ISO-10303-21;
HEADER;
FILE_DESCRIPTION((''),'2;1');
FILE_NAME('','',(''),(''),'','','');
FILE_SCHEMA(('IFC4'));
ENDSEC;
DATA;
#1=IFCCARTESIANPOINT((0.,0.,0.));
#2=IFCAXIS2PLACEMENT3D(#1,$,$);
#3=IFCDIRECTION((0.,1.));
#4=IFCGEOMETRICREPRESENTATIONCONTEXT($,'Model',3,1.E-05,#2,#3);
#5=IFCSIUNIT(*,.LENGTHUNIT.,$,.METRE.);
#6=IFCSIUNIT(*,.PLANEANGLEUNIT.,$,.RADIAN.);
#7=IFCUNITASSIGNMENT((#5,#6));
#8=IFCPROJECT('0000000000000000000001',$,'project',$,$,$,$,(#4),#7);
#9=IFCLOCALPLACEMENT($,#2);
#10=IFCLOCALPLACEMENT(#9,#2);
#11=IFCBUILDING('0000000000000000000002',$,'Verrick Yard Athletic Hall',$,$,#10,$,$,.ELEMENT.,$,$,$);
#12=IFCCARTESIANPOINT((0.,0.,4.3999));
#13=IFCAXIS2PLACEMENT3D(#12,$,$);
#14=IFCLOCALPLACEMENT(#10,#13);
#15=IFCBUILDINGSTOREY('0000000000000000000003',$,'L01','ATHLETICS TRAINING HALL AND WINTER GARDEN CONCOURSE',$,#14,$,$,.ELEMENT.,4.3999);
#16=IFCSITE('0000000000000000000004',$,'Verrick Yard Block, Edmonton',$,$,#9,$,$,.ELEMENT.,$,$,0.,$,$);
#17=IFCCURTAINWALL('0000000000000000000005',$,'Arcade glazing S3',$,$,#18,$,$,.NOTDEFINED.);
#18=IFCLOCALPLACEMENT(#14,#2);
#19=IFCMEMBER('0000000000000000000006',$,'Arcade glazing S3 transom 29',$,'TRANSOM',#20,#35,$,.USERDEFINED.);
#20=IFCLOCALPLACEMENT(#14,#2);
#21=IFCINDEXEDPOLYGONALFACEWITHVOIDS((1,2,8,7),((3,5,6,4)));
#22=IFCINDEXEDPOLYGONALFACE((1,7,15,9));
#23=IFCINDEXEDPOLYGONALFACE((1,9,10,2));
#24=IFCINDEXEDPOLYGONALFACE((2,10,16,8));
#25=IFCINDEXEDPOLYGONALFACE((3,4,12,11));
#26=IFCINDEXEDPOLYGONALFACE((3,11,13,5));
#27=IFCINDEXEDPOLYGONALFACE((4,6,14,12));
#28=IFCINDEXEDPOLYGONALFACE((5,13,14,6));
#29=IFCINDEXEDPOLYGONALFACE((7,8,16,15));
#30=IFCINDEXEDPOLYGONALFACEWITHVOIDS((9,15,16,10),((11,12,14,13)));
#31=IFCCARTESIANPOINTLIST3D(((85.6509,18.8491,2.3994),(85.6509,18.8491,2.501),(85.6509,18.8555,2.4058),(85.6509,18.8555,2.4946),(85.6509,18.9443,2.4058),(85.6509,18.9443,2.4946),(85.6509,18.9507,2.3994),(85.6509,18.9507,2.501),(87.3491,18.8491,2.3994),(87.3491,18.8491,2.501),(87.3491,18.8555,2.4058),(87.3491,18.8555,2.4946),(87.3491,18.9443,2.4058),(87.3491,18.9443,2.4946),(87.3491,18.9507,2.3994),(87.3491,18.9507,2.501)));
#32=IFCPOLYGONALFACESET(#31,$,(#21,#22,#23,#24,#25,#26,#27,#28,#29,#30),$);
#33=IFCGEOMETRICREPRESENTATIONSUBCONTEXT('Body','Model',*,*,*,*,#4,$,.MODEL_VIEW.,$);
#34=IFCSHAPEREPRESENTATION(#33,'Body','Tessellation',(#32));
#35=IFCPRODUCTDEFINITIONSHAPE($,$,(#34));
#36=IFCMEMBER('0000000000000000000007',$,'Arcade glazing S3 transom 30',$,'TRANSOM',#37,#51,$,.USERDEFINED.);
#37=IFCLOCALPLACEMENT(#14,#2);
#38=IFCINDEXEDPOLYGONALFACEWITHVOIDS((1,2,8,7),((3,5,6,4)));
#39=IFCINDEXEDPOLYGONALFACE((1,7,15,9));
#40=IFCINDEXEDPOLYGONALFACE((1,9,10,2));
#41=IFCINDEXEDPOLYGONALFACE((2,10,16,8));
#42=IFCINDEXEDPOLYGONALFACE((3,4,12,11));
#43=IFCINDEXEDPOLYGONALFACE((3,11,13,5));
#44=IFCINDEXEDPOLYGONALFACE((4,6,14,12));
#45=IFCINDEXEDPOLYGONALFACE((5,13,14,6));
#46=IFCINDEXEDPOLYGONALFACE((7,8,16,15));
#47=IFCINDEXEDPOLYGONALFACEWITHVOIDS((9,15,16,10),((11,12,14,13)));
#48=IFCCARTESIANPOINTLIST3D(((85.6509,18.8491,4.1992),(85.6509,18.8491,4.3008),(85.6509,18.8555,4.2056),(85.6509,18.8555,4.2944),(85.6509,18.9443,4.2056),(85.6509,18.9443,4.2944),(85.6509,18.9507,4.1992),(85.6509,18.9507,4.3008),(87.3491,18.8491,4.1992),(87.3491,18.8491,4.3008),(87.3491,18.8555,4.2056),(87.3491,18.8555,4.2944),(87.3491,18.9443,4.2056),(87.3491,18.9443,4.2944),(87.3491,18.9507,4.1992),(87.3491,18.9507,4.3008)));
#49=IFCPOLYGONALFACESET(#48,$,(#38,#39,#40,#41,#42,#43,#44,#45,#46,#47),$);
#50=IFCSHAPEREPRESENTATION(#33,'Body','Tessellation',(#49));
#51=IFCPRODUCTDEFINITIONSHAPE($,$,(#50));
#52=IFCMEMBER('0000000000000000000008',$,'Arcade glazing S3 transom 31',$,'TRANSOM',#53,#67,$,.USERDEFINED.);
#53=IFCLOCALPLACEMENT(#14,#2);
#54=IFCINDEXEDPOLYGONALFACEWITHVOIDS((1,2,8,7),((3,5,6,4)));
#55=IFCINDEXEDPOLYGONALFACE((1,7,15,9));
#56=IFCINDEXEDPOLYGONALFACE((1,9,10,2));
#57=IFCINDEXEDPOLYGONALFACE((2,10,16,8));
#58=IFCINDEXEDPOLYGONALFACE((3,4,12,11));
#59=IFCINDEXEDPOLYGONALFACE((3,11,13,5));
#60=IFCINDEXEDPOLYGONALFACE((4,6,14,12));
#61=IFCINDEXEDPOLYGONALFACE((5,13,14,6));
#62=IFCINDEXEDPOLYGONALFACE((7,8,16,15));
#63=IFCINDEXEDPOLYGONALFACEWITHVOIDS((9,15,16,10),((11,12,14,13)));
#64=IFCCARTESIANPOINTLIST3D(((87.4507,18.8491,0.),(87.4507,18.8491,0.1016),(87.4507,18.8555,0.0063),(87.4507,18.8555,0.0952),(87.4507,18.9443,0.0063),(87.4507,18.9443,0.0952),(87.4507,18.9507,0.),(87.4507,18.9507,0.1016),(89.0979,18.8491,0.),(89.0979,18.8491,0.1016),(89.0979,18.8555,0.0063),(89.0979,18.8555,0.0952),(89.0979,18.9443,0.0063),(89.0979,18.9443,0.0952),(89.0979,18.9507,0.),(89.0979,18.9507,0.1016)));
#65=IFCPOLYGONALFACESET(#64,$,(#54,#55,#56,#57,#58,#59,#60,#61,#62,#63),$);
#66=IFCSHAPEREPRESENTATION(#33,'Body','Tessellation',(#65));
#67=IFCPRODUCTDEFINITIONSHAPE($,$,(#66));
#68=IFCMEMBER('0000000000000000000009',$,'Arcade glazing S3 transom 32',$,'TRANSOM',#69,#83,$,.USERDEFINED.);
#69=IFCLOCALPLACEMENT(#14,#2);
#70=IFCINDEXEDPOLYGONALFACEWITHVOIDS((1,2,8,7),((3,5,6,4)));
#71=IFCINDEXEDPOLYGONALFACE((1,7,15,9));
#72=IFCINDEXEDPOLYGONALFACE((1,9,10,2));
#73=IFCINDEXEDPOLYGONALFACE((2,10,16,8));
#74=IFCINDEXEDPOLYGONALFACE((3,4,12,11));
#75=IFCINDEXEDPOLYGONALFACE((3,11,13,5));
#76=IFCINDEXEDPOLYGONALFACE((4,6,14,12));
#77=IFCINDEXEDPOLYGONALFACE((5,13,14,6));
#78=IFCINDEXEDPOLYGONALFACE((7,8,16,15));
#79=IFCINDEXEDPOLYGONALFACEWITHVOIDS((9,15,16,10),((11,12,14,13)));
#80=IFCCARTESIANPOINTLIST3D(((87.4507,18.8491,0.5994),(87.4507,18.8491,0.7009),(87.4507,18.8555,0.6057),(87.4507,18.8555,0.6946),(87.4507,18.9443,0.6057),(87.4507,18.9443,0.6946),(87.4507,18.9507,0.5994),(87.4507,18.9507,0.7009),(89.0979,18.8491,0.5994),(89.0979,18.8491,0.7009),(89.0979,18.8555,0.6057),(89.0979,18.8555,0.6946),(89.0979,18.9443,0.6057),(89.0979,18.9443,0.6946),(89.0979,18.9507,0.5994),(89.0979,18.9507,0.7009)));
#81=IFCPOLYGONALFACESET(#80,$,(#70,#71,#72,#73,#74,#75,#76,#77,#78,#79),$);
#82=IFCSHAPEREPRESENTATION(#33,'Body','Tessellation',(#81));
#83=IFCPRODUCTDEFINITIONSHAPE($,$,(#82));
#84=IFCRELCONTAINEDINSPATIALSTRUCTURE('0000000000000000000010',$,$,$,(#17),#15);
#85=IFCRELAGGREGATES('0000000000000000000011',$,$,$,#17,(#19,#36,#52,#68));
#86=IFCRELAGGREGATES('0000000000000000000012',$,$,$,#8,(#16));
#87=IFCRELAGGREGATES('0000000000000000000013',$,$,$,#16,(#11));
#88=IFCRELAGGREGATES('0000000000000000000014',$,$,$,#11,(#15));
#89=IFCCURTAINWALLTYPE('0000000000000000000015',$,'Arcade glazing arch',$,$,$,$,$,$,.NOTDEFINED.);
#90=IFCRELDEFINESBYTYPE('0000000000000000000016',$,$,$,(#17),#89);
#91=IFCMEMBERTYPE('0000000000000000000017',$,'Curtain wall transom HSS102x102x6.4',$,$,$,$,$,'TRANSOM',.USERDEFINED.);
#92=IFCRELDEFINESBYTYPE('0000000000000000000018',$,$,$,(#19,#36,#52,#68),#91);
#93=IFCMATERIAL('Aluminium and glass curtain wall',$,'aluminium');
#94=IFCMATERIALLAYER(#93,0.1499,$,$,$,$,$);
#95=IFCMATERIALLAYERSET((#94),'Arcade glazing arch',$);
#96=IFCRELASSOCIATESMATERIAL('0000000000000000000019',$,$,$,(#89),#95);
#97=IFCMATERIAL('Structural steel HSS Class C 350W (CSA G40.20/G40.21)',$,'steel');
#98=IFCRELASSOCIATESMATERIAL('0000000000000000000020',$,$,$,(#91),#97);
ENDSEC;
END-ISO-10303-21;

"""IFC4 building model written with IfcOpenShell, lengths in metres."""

from ifc_helpers import new_model, si_unit, direction, frame, origin, origin_2d, place, context, subcontext, project, spatial, hollow_rectangle, extrude, material, layer, layer_set, material_profile, profile_set, type_object, element, aggregate, save


model = new_model("IFC4")

# Units and contexts
model_context = context("Model", 3, precision=1e-05, world=origin(), true_north=direction((0.0, 1.0)))
body_context = subcontext(model_context, "Body", "Model", "MODEL_VIEW")
ifc_project = project(units=[si_unit("LENGTHUNIT", "METRE"), si_unit("PLANEANGLEUNIT", "RADIAN")], contexts=[model_context])

# Site, building, storey
site_placement = place(None, origin())
site = spatial("IfcSite", under=ifc_project, at=site_placement, Name="Verrick Yard Block, Edmonton", CompositionType="ELEMENT", RefElevation=0.0)
building_placement = place(site_placement, origin())
building = spatial("IfcBuilding", under=site, at=building_placement, Name="Verrick Yard Athletic Hall", CompositionType="ELEMENT")
storey_placement = place(building_placement, frame((0.0, 0.0, 4.3999)))
storey = spatial("IfcBuildingStorey", under=building, at=storey_placement, Name="L01", Description="ATHLETICS TRAINING HALL AND WINTER GARDEN CONCOURSE", CompositionType="ELEMENT", Elevation=4.3999)

# Curtain wall, members
ifc_material_1 = material(Name="Aluminium and glass curtain wall", Category="aluminium")
ifc_layer_1 = layer(ifc_material_1, 0.1499)
ifc_layer_set_1 = layer_set([ifc_layer_1], Name="Arcade glazing arch")
curtain_wall_type = type_object("IfcCurtainWallType", Name="Arcade glazing arch", PredefinedType="NOTDEFINED", material=ifc_layer_set_1)
curtain_wall_1_placement = place(storey_placement, origin())
curtain_wall_1 = element("IfcCurtainWall", 1, at=curtain_wall_1_placement, inside=storey, type_object=curtain_wall_type, Name="Arcade glazing S3", PredefinedType="NOTDEFINED")
ifc_material_2 = material(Name="Structural steel HSS Class C 350W (CSA G40.20/G40.21)", Category="steel")
ifc_material_profile_1 = material_profile(ifc_material_2, hollow_rectangle(XDim=0.1016, YDim=0.1016, WallThickness=0.0063, at=origin_2d()), Name="HSS102x102x6.4")
ifc_profile_set_1 = profile_set([ifc_material_profile_1], Name="Structural steel HSS Class C 350W (CSA G40.20/G40.21)")
member_type_1 = type_object("IfcMemberType", Name="Curtain wall transom HSS102x102x6.4", ElementType="TRANSOM", PredefinedType="USERDEFINED", material=ifc_profile_set_1)
member_1_placement = place(storey_placement, frame((85.6509, 18.8999, 2.4502), z_axis=(1.0, 0.0, 0.0), x_axis=(0.0, 1.0, 0.0)))
member_1 = element("IfcMember", 2, at=member_1_placement, type_object=member_type_1, Name="Arcade glazing S3 transom 29", ObjectType="TRANSOM", PredefinedType="USERDEFINED", context=body_context, shape_type="SweptSolid", body=[
    extrude(hollow_rectangle(XDim=0.1016, YDim=0.1016, WallThickness=0.0063, at=origin_2d()), origin(), (0.0, 0.0, 1.0), 1.6982),
])
member_2_placement = place(storey_placement, frame((85.6509, 18.8999, 4.25), z_axis=(1.0, 0.0, 0.0), x_axis=(0.0, 1.0, 0.0)))
member_2 = element("IfcMember", 3, at=member_2_placement, type_object=member_type_1, Name="Arcade glazing S3 transom 30", ObjectType="TRANSOM", PredefinedType="USERDEFINED", context=body_context, shape_type="SweptSolid", body=[
    extrude(hollow_rectangle(XDim=0.1016, YDim=0.1016, WallThickness=0.0063, at=origin_2d()), origin(), (0.0, 0.0, 1.0), 1.6982),
])
member_3_placement = place(storey_placement, frame((87.4507, 18.8999, 0.0508), z_axis=(1.0, 0.0, 0.0), x_axis=(0.0, 1.0, 0.0)))
member_3 = element("IfcMember", 4, at=member_3_placement, type_object=member_type_1, Name="Arcade glazing S3 transom 31", ObjectType="TRANSOM", PredefinedType="USERDEFINED", context=body_context, shape_type="SweptSolid", body=[
    extrude(hollow_rectangle(XDim=0.1016, YDim=0.1016, WallThickness=0.0063, at=origin_2d()), origin(), (0.0, 0.0, 1.0), 1.6472),
])
member_4_placement = place(storey_placement, frame((87.4507, 18.8999, 0.6501), z_axis=(1.0, 0.0, 0.0), x_axis=(0.0, 1.0, 0.0)))
member_4 = element("IfcMember", 5, at=member_4_placement, type_object=member_type_1, Name="Arcade glazing S3 transom 32", ObjectType="TRANSOM", PredefinedType="USERDEFINED", context=body_context, shape_type="SweptSolid", body=[
    extrude(hollow_rectangle(XDim=0.1016, YDim=0.1016, WallThickness=0.0063, at=origin_2d()), origin(), (0.0, 0.0, 1.0), 1.6472),
])
aggregate(curtain_wall_1, [member_1, member_2, member_3, member_4])

save(model, "model.ifc")
